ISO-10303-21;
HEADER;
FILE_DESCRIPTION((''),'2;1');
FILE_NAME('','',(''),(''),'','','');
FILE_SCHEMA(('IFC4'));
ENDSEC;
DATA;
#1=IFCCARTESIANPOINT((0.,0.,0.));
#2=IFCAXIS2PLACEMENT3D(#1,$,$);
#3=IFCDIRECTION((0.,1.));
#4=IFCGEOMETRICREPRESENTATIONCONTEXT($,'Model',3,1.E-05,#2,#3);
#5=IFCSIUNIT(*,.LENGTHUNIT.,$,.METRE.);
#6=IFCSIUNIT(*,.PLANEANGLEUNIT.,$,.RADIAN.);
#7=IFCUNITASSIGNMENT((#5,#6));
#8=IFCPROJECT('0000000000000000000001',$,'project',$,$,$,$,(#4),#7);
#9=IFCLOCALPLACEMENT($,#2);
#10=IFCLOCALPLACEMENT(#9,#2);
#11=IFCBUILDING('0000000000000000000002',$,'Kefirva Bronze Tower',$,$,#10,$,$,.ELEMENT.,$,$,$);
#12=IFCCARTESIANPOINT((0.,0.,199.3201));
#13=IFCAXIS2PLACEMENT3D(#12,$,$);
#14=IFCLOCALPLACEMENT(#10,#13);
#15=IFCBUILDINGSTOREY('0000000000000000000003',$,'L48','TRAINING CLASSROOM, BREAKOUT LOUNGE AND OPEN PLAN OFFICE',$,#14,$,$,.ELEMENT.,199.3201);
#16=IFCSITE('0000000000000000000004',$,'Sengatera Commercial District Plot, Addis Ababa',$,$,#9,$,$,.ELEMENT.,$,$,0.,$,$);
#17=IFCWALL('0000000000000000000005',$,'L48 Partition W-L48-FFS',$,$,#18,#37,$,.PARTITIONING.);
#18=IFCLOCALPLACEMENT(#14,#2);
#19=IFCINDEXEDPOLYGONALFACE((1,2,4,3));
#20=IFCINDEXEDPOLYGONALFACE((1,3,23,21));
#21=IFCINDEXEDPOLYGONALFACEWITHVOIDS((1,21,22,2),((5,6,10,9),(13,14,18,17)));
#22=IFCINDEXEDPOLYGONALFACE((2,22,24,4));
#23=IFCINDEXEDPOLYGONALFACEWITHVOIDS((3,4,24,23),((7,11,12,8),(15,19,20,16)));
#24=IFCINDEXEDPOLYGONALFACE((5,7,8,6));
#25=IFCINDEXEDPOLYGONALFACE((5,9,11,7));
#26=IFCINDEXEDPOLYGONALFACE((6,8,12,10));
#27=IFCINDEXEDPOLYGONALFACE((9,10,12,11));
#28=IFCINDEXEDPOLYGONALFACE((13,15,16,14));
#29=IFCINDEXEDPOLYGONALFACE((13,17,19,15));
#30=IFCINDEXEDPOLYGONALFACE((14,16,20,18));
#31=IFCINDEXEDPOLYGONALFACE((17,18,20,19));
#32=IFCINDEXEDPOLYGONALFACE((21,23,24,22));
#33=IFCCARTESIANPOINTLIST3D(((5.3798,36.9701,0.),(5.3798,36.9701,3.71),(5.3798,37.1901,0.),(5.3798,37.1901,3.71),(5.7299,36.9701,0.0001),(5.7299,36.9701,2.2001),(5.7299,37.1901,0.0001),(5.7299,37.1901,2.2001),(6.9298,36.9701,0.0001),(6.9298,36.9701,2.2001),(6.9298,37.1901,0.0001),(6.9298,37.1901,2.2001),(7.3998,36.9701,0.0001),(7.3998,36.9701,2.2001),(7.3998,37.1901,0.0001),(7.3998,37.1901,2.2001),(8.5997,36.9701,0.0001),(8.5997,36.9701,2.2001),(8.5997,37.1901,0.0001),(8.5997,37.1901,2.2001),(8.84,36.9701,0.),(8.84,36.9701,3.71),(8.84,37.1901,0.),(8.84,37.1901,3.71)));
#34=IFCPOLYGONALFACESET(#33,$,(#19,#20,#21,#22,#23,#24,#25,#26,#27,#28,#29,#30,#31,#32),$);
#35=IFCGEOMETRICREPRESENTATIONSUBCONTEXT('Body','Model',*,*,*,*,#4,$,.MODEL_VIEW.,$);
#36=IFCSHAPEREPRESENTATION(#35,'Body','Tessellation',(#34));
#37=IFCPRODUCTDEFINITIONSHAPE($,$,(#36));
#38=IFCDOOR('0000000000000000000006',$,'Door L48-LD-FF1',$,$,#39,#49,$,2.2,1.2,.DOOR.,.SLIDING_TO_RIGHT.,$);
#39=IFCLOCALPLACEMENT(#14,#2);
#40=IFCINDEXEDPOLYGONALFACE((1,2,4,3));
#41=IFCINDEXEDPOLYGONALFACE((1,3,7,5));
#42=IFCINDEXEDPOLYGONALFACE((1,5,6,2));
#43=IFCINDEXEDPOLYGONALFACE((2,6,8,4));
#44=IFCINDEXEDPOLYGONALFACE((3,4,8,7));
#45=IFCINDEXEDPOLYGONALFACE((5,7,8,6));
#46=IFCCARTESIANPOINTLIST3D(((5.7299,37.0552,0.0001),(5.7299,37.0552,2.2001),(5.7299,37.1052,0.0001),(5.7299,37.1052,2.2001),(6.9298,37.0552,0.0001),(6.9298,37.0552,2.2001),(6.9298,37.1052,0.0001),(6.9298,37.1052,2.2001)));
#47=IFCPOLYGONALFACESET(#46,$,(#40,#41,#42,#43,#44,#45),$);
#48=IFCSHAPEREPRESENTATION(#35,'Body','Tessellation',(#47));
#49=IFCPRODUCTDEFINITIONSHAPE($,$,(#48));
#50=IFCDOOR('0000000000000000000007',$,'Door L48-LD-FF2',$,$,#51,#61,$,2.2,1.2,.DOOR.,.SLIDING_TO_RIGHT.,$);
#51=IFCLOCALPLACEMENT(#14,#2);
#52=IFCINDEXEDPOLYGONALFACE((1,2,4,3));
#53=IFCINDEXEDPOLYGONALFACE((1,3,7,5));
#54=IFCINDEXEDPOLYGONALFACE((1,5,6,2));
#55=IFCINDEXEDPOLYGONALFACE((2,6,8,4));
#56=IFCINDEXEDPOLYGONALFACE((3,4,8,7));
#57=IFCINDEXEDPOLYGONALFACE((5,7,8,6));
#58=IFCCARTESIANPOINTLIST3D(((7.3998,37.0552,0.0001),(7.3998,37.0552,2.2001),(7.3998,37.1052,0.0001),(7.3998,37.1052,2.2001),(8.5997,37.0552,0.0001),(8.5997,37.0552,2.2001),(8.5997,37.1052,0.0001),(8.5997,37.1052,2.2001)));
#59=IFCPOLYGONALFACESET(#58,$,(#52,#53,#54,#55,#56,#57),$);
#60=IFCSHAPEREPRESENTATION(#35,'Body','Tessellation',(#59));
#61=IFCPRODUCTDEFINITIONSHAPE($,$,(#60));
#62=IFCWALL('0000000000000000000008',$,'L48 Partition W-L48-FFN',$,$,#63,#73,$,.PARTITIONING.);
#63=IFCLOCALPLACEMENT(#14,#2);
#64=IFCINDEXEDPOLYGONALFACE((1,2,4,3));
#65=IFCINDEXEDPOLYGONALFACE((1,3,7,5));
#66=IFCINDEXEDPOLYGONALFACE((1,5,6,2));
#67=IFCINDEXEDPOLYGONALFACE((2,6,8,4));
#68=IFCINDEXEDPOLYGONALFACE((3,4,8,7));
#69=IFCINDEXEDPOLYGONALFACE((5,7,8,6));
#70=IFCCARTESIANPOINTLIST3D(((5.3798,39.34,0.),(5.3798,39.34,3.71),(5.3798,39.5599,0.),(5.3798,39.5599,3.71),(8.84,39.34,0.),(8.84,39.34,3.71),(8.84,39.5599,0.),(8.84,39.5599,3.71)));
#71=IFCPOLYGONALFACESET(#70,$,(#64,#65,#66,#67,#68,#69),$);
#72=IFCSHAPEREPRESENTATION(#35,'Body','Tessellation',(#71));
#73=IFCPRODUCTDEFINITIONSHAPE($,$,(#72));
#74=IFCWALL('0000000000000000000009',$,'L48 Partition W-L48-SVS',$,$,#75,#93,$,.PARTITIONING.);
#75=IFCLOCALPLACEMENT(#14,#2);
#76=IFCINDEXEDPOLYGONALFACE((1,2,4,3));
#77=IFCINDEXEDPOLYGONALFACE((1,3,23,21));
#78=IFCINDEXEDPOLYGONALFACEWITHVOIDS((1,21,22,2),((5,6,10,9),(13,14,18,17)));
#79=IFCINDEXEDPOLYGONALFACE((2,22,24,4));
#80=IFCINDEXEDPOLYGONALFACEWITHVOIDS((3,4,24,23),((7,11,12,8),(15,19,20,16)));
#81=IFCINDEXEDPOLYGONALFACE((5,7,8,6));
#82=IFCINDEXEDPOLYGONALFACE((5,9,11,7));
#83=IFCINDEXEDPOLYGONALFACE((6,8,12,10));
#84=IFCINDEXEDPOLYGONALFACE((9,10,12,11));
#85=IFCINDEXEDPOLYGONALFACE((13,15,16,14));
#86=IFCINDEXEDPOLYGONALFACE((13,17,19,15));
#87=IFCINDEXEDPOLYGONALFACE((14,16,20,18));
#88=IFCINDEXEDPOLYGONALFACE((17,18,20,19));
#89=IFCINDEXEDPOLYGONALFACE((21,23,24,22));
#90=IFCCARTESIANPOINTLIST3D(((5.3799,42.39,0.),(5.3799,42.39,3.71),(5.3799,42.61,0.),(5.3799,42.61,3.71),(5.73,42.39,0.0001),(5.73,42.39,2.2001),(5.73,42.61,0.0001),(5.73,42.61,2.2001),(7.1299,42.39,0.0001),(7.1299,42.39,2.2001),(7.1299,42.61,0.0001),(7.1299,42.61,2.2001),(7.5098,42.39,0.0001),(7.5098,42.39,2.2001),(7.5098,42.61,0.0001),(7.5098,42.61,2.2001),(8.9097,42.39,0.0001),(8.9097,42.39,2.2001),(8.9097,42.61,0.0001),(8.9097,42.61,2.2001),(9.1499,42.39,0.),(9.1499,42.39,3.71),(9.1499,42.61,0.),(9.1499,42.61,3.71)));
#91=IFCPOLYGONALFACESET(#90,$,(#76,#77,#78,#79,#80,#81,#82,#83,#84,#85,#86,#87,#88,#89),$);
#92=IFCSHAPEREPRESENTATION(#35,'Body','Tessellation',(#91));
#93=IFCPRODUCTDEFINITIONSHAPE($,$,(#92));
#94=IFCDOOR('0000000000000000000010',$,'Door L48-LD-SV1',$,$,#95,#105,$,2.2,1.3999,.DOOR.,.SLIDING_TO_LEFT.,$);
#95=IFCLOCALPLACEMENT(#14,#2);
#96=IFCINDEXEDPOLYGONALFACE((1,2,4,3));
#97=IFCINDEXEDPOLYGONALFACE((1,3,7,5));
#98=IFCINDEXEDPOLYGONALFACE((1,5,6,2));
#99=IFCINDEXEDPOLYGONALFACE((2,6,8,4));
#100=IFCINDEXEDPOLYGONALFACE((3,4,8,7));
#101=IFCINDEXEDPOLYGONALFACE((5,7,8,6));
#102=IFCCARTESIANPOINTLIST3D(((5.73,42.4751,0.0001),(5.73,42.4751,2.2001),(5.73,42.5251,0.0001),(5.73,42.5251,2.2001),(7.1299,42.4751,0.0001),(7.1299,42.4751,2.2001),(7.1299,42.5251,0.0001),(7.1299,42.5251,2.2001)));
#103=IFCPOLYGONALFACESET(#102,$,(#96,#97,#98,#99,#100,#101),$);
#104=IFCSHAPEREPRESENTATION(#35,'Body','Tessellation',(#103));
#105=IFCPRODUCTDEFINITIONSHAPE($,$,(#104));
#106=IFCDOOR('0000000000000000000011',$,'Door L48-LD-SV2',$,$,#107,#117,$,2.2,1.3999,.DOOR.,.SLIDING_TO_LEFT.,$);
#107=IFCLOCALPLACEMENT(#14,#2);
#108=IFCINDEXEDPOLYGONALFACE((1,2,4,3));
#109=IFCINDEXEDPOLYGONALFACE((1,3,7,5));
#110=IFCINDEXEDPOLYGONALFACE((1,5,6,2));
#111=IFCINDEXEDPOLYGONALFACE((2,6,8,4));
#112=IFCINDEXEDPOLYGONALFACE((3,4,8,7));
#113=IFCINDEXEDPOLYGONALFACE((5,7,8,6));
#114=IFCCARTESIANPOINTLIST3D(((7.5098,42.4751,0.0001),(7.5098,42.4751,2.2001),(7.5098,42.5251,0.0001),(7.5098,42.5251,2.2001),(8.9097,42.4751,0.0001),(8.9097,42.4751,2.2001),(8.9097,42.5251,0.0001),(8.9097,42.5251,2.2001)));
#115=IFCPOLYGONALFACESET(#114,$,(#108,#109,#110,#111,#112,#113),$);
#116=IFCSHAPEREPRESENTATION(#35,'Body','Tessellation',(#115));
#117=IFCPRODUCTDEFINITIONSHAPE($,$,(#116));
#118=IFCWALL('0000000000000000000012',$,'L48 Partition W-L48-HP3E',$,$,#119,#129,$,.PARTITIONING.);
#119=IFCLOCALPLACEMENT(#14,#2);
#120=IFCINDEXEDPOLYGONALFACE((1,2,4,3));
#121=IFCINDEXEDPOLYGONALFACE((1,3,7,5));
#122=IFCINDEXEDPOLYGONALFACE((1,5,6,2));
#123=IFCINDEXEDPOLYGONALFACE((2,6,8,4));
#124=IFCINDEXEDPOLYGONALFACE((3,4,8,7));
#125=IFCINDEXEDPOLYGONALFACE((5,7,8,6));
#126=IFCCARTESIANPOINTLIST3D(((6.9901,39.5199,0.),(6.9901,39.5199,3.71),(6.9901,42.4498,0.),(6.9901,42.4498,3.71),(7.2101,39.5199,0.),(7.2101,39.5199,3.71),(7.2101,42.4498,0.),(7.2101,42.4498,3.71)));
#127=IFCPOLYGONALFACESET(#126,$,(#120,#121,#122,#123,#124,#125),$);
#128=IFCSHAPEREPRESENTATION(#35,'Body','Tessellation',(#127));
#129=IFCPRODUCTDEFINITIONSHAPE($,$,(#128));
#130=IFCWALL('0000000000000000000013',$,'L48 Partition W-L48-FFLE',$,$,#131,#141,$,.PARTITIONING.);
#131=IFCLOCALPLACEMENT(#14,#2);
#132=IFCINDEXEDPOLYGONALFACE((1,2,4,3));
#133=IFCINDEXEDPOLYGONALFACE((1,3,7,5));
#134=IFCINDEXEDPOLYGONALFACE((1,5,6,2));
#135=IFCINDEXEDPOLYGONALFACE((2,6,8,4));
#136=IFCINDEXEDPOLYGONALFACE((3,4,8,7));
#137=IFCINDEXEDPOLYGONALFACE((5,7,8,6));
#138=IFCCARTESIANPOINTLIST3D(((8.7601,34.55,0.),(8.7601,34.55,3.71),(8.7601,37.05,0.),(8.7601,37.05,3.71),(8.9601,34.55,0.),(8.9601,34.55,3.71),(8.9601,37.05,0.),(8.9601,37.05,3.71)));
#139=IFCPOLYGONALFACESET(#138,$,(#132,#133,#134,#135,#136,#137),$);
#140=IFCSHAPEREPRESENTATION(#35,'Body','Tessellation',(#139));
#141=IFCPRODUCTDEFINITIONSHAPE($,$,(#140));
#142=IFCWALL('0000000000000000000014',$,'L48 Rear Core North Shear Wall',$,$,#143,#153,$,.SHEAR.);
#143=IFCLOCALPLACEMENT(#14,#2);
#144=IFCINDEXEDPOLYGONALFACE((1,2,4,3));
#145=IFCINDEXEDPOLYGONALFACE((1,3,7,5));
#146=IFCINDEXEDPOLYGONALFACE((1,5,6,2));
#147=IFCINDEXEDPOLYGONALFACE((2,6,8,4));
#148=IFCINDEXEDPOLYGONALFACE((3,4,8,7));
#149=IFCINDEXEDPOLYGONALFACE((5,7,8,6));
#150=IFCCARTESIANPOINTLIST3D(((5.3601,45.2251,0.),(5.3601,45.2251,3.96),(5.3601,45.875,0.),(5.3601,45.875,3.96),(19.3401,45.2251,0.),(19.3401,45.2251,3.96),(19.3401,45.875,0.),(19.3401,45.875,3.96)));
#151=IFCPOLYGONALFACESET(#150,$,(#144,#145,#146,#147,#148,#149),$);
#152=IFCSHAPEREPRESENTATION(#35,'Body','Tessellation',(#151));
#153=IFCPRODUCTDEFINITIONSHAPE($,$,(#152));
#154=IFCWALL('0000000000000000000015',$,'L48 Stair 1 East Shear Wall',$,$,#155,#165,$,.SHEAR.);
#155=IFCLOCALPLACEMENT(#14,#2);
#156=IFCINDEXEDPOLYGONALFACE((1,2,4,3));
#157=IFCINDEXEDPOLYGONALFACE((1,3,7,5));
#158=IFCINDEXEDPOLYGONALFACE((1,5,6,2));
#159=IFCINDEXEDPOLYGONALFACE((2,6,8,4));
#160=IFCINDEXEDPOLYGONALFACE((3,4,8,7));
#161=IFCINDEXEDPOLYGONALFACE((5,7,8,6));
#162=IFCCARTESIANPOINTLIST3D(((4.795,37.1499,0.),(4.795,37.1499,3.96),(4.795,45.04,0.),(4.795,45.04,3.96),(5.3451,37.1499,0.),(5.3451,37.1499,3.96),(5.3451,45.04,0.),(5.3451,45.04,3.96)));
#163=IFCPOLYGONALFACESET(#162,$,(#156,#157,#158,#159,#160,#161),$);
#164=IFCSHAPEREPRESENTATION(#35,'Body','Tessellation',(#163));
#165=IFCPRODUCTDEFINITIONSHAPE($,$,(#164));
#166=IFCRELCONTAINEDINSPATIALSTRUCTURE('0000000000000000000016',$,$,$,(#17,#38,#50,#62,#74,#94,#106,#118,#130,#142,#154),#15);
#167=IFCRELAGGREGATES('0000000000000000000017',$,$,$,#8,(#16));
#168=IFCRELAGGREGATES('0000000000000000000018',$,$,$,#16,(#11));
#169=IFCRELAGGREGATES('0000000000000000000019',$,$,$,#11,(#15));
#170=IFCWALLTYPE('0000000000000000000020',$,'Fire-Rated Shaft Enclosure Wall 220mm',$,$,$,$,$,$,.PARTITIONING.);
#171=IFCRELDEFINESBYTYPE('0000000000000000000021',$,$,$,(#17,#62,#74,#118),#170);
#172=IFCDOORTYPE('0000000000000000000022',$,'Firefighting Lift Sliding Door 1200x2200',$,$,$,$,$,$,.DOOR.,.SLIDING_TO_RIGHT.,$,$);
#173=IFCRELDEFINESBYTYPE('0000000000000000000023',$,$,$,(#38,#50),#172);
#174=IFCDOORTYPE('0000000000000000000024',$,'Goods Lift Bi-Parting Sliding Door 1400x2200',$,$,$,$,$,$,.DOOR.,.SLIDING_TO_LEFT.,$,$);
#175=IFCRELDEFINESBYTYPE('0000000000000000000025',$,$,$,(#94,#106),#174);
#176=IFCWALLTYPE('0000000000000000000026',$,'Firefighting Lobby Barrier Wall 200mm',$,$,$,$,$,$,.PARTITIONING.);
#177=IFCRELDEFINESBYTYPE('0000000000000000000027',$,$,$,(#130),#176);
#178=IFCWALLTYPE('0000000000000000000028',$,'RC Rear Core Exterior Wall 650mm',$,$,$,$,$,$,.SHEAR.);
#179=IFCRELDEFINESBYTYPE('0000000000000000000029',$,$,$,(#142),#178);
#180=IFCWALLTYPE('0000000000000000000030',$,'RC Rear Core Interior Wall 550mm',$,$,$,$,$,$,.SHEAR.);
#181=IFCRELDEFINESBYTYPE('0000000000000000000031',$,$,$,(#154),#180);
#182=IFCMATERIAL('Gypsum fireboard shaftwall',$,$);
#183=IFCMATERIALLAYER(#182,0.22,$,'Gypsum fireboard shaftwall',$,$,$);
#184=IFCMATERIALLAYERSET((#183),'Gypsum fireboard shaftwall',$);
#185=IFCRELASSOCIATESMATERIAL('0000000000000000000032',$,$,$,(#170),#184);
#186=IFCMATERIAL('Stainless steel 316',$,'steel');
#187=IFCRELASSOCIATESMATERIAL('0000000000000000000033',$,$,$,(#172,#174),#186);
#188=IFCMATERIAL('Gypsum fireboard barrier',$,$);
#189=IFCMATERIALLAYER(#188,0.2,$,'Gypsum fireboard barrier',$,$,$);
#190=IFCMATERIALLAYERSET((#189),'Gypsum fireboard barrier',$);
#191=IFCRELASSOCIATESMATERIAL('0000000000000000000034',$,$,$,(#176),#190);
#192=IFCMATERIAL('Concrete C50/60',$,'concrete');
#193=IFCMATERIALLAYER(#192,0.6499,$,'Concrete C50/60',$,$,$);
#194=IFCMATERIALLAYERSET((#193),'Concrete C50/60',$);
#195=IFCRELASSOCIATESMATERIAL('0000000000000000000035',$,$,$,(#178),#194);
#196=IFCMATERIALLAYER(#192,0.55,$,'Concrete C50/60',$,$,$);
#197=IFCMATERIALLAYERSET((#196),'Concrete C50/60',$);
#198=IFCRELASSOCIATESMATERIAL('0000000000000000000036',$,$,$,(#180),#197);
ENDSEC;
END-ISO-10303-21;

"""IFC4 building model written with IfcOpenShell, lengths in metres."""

from ifc_helpers import new_model, si_unit, direction, frame, frame_2d, origin, place, context, subcontext, project, spatial, rectangle, extrude, material, layer, layer_set, type_object, element, fill, save


model = new_model("IFC4")

# Units and contexts
model_context = context("Model", 3, precision=1e-05, world=origin(), true_north=direction((0.0, 1.0)))
body_context = subcontext(model_context, "Body", "Model", "MODEL_VIEW")
ifc_project = project(units=[si_unit("LENGTHUNIT", "METRE"), si_unit("PLANEANGLEUNIT", "RADIAN")], contexts=[model_context])

# Site, building, storey
site_placement = place(None, origin())
site = spatial("IfcSite", under=ifc_project, at=site_placement, Name="Sengatera Commercial District Plot, Addis Ababa", CompositionType="ELEMENT", RefElevation=0.0)
building_placement = place(site_placement, origin())
building = spatial("IfcBuilding", under=site, at=building_placement, Name="Kefirva Bronze Tower", CompositionType="ELEMENT")
storey_placement = place(building_placement, frame((0.0, 0.0, 199.3201)))
storey = spatial("IfcBuildingStorey", under=building, at=storey_placement, Name="L48", Description="TRAINING CLASSROOM, BREAKOUT LOUNGE AND OPEN PLAN OFFICE", CompositionType="ELEMENT", Elevation=199.3201)

# Wall, openings, doors
ifc_material_1 = material(Name="Gypsum fireboard shaftwall")
ifc_layer_1 = layer(ifc_material_1, 0.22, Name="Gypsum fireboard shaftwall")
ifc_layer_set_1 = layer_set([ifc_layer_1], Name="Gypsum fireboard shaftwall")
wall_type_1 = type_object("IfcWallType", Name="Fire-Rated Shaft Enclosure Wall 220mm", PredefinedType="PARTITIONING", material=ifc_layer_set_1)
wall_1_placement = place(storey_placement, frame((5.3799, 37.0801, 0.0), z_axis=(0.0, 0.0, 1.0), x_axis=(1.0, 0.0, 0.0)))
wall_1 = element("IfcWall", 1, at=wall_1_placement, inside=storey, type_object=wall_type_1, Name="L48 Partition W-L48-FFS", PredefinedType="PARTITIONING", context=body_context, shape_type="SweptSolid", body=[
    extrude(rectangle(XDim=3.4602, YDim=0.22, at=frame_2d((1.73, 0.0))), origin(), (0.0, 0.0, 1.0), 3.71),
])
opening_1_placement = place(wall_1_placement, frame((1.55, 0.0, 0.0), z_axis=(0.0, 0.0, 1.0), x_axis=(-1.0, 0.0, 0.0)))
opening_1 = element("IfcOpeningElement", 2, at=opening_1_placement, cuts=wall_1, PredefinedType="OPENING", context=body_context, shape_type="SweptSolid", body=[
    extrude(rectangle(XDim=1.2, YDim=2.2, at=frame_2d((0.6001, 1.1001))), frame((0.0, 0.1201, 0.0), z_axis=(0.0, -1.0, 0.0), x_axis=(1.0, 0.0, 0.0)), (0.0, 0.0, 1.0), 0.24),
])
opening_2_placement = place(wall_1_placement, frame((3.22, 0.0, 0.0), z_axis=(0.0, 0.0, 1.0), x_axis=(-1.0, 0.0, 0.0)))
opening_2 = element("IfcOpeningElement", 3, at=opening_2_placement, cuts=wall_1, PredefinedType="OPENING", context=body_context, shape_type="SweptSolid", body=[
    extrude(rectangle(XDim=1.2, YDim=2.2, at=frame_2d((0.6001, 1.1001))), frame((0.0, 0.1201, 0.0), z_axis=(0.0, -1.0, 0.0), x_axis=(1.0, 0.0, 0.0)), (0.0, 0.0, 1.0), 0.24),
])
ifc_material_2 = material(Name="Stainless steel 316", Category="steel")
door_type_1 = type_object("IfcDoorType", Name="Firefighting Lift Sliding Door 1200x2200", OperationType="SLIDING_TO_RIGHT", PredefinedType="DOOR", material=ifc_material_2)
door_1_placement = place(opening_1_placement, origin())
door_1 = element("IfcDoor", 4, at=door_1_placement, inside=storey, type_object=door_type_1, Name="Door L48-LD-FF1", OperationType="SLIDING_TO_RIGHT", OverallHeight=2.2, OverallWidth=1.2, PredefinedType="DOOR", context=body_context, shape_type="SweptSolid", body=[
    extrude(rectangle(XDim=1.2, YDim=2.2, at=frame_2d((0.6001, 1.1001))), frame((0.0, 0.0249, 0.0), z_axis=(0.0, -1.0, 0.0), x_axis=(1.0, 0.0, 0.0)), (0.0, 0.0, 1.0), 0.05),
])
fill(opening_1, door_1)
door_2_placement = place(opening_2_placement, origin())
door_2 = element("IfcDoor", 5, at=door_2_placement, inside=storey, type_object=door_type_1, Name="Door L48-LD-FF2", OperationType="SLIDING_TO_RIGHT", OverallHeight=2.2, OverallWidth=1.2, PredefinedType="DOOR", context=body_context, shape_type="SweptSolid", body=[
    extrude(rectangle(XDim=1.2, YDim=2.2, at=frame_2d((0.6001, 1.1001))), frame((0.0, 0.0249, 0.0), z_axis=(0.0, -1.0, 0.0), x_axis=(1.0, 0.0, 0.0)), (0.0, 0.0, 1.0), 0.05),
])
fill(opening_2, door_2)

# Wall
wall_2_placement = place(storey_placement, frame((5.3799, 39.45, 0.0), z_axis=(0.0, 0.0, 1.0), x_axis=(1.0, 0.0, 0.0)))
element("IfcWall", 6, at=wall_2_placement, inside=storey, type_object=wall_type_1, Name="L48 Partition W-L48-FFN", PredefinedType="PARTITIONING", context=body_context, shape_type="SweptSolid", body=[
    extrude(rectangle(XDim=3.4602, YDim=0.22, at=frame_2d((1.73, 0.0))), origin(), (0.0, 0.0, 1.0), 3.71),
])

# Wall, openings, doors
wall_3_placement = place(storey_placement, frame((5.3799, 42.5, 0.0), z_axis=(0.0, 0.0, 1.0), x_axis=(1.0, 0.0, 0.0)))
wall_3 = element("IfcWall", 7, at=wall_3_placement, inside=storey, type_object=wall_type_1, Name="L48 Partition W-L48-SVS", PredefinedType="PARTITIONING", context=body_context, shape_type="SweptSolid", body=[
    extrude(rectangle(XDim=3.77, YDim=0.22, at=frame_2d((1.885, 0.0))), origin(), (0.0, 0.0, 1.0), 3.71),
])
opening_3_placement = place(wall_3_placement, frame((1.75, 0.0, 0.0), z_axis=(0.0, 0.0, 1.0), x_axis=(-1.0, 0.0, 0.0)))
opening_3 = element("IfcOpeningElement", 8, at=opening_3_placement, cuts=wall_3, PredefinedType="OPENING", context=body_context, shape_type="SweptSolid", body=[
    extrude(rectangle(XDim=1.3999, YDim=2.2, at=frame_2d((0.7, 1.1001))), frame((0.0, 0.1201, 0.0), z_axis=(0.0, -1.0, 0.0), x_axis=(1.0, 0.0, 0.0)), (0.0, 0.0, 1.0), 0.24),
])
opening_4_placement = place(wall_3_placement, frame((3.5298, 0.0, 0.0), z_axis=(0.0, 0.0, 1.0), x_axis=(-1.0, 0.0, 0.0)))
opening_4 = element("IfcOpeningElement", 9, at=opening_4_placement, cuts=wall_3, PredefinedType="OPENING", context=body_context, shape_type="SweptSolid", body=[
    extrude(rectangle(XDim=1.3999, YDim=2.2, at=frame_2d((0.7, 1.1001))), frame((0.0, 0.1201, 0.0), z_axis=(0.0, -1.0, 0.0), x_axis=(1.0, 0.0, 0.0)), (0.0, 0.0, 1.0), 0.24),
])
door_type_2 = type_object("IfcDoorType", Name="Goods Lift Bi-Parting Sliding Door 1400x2200", OperationType="SLIDING_TO_LEFT", PredefinedType="DOOR", material=ifc_material_2)
door_3_placement = place(opening_3_placement, origin())
door_3 = element("IfcDoor", 10, at=door_3_placement, inside=storey, type_object=door_type_2, Name="Door L48-LD-SV1", OperationType="SLIDING_TO_LEFT", OverallHeight=2.2, OverallWidth=1.3999, PredefinedType="DOOR", context=body_context, shape_type="SweptSolid", body=[
    extrude(rectangle(XDim=1.3999, YDim=2.2, at=frame_2d((0.7, 1.1001))), frame((0.0, 0.0249, 0.0), z_axis=(0.0, -1.0, 0.0), x_axis=(1.0, 0.0, 0.0)), (0.0, 0.0, 1.0), 0.05),
])
fill(opening_3, door_3)
door_4_placement = place(opening_4_placement, origin())
door_4 = element("IfcDoor", 11, at=door_4_placement, inside=storey, type_object=door_type_2, Name="Door L48-LD-SV2", OperationType="SLIDING_TO_LEFT", OverallHeight=2.2, OverallWidth=1.3999, PredefinedType="DOOR", context=body_context, shape_type="SweptSolid", body=[
    extrude(rectangle(XDim=1.3999, YDim=2.2, at=frame_2d((0.7, 1.1001))), frame((0.0, 0.0249, 0.0), z_axis=(0.0, -1.0, 0.0), x_axis=(1.0, 0.0, 0.0)), (0.0, 0.0, 1.0), 0.05),
])
fill(opening_4, door_4)

# Walls
wall_4_placement = place(storey_placement, frame((7.1001, 39.52, 0.0), z_axis=(0.0, 0.0, 1.0), x_axis=(0.0, 1.0, 0.0)))
element("IfcWall", 12, at=wall_4_placement, inside=storey, type_object=wall_type_1, Name="L48 Partition W-L48-HP3E", PredefinedType="PARTITIONING", context=body_context, shape_type="SweptSolid", body=[
    extrude(rectangle(XDim=2.9299, YDim=0.22, at=frame_2d((1.4648, 0.0))), origin(), (0.0, 0.0, 1.0), 3.71),
])
ifc_material_3 = material(Name="Gypsum fireboard barrier")
ifc_layer_2 = layer(ifc_material_3, 0.2, Name="Gypsum fireboard barrier")
ifc_layer_set_2 = layer_set([ifc_layer_2], Name="Gypsum fireboard barrier")
wall_type_2 = type_object("IfcWallType", Name="Firefighting Lobby Barrier Wall 200mm", PredefinedType="PARTITIONING", material=ifc_layer_set_2)
wall_5_placement = place(storey_placement, frame((8.8601, 34.55, 0.0), z_axis=(0.0, 0.0, 1.0), x_axis=(0.0, 1.0, 0.0)))
element("IfcWall", 13, at=wall_5_placement, inside=storey, type_object=wall_type_2, Name="L48 Partition W-L48-FFLE", PredefinedType="PARTITIONING", context=body_context, shape_type="SweptSolid", body=[
    extrude(rectangle(XDim=2.5, YDim=0.2, at=frame_2d((1.25, 0.0))), origin(), (0.0, 0.0, 1.0), 3.71),
])

# Walls
ifc_material_4 = material(Name="Concrete C50/60", Category="concrete")
ifc_layer_3 = layer(ifc_material_4, 0.6499, Name="Concrete C50/60")
ifc_layer_set_3 = layer_set([ifc_layer_3], Name="Concrete C50/60")
wall_type_3 = type_object("IfcWallType", Name="RC Rear Core Exterior Wall 650mm", PredefinedType="SHEAR", material=ifc_layer_set_3)
wall_6_placement = place(storey_placement, frame((5.3601, 45.55, 0.0), z_axis=(0.0, 0.0, 1.0), x_axis=(1.0, 0.0, 0.0)))
element("IfcWall", 14, at=wall_6_placement, inside=storey, type_object=wall_type_3, Name="L48 Rear Core North Shear Wall", PredefinedType="SHEAR", context=body_context, shape_type="SweptSolid", body=[
    extrude(rectangle(XDim=13.98, YDim=0.6499, at=frame_2d((6.99, 0.0))), origin(), (0.0, 0.0, 1.0), 3.96),
])
ifc_layer_4 = layer(ifc_material_4, 0.55, Name="Concrete C50/60")
ifc_layer_set_4 = layer_set([ifc_layer_4], Name="Concrete C50/60")
wall_type_4 = type_object("IfcWallType", Name="RC Rear Core Interior Wall 550mm", PredefinedType="SHEAR", material=ifc_layer_set_4)
wall_7_placement = place(storey_placement, frame((5.0701, 37.1499, 0.0), z_axis=(0.0, 0.0, 1.0), x_axis=(0.0, 1.0, 0.0)))
element("IfcWall", 15, at=wall_7_placement, inside=storey, type_object=wall_type_4, Name="L48 Stair 1 East Shear Wall", PredefinedType="SHEAR", context=body_context, shape_type="SweptSolid", body=[
    extrude(rectangle(XDim=7.8901, YDim=0.55, at=frame_2d((3.9451, 0.0))), origin(), (0.0, 0.0, 1.0), 3.96),
])

save(model, "model.ifc")
